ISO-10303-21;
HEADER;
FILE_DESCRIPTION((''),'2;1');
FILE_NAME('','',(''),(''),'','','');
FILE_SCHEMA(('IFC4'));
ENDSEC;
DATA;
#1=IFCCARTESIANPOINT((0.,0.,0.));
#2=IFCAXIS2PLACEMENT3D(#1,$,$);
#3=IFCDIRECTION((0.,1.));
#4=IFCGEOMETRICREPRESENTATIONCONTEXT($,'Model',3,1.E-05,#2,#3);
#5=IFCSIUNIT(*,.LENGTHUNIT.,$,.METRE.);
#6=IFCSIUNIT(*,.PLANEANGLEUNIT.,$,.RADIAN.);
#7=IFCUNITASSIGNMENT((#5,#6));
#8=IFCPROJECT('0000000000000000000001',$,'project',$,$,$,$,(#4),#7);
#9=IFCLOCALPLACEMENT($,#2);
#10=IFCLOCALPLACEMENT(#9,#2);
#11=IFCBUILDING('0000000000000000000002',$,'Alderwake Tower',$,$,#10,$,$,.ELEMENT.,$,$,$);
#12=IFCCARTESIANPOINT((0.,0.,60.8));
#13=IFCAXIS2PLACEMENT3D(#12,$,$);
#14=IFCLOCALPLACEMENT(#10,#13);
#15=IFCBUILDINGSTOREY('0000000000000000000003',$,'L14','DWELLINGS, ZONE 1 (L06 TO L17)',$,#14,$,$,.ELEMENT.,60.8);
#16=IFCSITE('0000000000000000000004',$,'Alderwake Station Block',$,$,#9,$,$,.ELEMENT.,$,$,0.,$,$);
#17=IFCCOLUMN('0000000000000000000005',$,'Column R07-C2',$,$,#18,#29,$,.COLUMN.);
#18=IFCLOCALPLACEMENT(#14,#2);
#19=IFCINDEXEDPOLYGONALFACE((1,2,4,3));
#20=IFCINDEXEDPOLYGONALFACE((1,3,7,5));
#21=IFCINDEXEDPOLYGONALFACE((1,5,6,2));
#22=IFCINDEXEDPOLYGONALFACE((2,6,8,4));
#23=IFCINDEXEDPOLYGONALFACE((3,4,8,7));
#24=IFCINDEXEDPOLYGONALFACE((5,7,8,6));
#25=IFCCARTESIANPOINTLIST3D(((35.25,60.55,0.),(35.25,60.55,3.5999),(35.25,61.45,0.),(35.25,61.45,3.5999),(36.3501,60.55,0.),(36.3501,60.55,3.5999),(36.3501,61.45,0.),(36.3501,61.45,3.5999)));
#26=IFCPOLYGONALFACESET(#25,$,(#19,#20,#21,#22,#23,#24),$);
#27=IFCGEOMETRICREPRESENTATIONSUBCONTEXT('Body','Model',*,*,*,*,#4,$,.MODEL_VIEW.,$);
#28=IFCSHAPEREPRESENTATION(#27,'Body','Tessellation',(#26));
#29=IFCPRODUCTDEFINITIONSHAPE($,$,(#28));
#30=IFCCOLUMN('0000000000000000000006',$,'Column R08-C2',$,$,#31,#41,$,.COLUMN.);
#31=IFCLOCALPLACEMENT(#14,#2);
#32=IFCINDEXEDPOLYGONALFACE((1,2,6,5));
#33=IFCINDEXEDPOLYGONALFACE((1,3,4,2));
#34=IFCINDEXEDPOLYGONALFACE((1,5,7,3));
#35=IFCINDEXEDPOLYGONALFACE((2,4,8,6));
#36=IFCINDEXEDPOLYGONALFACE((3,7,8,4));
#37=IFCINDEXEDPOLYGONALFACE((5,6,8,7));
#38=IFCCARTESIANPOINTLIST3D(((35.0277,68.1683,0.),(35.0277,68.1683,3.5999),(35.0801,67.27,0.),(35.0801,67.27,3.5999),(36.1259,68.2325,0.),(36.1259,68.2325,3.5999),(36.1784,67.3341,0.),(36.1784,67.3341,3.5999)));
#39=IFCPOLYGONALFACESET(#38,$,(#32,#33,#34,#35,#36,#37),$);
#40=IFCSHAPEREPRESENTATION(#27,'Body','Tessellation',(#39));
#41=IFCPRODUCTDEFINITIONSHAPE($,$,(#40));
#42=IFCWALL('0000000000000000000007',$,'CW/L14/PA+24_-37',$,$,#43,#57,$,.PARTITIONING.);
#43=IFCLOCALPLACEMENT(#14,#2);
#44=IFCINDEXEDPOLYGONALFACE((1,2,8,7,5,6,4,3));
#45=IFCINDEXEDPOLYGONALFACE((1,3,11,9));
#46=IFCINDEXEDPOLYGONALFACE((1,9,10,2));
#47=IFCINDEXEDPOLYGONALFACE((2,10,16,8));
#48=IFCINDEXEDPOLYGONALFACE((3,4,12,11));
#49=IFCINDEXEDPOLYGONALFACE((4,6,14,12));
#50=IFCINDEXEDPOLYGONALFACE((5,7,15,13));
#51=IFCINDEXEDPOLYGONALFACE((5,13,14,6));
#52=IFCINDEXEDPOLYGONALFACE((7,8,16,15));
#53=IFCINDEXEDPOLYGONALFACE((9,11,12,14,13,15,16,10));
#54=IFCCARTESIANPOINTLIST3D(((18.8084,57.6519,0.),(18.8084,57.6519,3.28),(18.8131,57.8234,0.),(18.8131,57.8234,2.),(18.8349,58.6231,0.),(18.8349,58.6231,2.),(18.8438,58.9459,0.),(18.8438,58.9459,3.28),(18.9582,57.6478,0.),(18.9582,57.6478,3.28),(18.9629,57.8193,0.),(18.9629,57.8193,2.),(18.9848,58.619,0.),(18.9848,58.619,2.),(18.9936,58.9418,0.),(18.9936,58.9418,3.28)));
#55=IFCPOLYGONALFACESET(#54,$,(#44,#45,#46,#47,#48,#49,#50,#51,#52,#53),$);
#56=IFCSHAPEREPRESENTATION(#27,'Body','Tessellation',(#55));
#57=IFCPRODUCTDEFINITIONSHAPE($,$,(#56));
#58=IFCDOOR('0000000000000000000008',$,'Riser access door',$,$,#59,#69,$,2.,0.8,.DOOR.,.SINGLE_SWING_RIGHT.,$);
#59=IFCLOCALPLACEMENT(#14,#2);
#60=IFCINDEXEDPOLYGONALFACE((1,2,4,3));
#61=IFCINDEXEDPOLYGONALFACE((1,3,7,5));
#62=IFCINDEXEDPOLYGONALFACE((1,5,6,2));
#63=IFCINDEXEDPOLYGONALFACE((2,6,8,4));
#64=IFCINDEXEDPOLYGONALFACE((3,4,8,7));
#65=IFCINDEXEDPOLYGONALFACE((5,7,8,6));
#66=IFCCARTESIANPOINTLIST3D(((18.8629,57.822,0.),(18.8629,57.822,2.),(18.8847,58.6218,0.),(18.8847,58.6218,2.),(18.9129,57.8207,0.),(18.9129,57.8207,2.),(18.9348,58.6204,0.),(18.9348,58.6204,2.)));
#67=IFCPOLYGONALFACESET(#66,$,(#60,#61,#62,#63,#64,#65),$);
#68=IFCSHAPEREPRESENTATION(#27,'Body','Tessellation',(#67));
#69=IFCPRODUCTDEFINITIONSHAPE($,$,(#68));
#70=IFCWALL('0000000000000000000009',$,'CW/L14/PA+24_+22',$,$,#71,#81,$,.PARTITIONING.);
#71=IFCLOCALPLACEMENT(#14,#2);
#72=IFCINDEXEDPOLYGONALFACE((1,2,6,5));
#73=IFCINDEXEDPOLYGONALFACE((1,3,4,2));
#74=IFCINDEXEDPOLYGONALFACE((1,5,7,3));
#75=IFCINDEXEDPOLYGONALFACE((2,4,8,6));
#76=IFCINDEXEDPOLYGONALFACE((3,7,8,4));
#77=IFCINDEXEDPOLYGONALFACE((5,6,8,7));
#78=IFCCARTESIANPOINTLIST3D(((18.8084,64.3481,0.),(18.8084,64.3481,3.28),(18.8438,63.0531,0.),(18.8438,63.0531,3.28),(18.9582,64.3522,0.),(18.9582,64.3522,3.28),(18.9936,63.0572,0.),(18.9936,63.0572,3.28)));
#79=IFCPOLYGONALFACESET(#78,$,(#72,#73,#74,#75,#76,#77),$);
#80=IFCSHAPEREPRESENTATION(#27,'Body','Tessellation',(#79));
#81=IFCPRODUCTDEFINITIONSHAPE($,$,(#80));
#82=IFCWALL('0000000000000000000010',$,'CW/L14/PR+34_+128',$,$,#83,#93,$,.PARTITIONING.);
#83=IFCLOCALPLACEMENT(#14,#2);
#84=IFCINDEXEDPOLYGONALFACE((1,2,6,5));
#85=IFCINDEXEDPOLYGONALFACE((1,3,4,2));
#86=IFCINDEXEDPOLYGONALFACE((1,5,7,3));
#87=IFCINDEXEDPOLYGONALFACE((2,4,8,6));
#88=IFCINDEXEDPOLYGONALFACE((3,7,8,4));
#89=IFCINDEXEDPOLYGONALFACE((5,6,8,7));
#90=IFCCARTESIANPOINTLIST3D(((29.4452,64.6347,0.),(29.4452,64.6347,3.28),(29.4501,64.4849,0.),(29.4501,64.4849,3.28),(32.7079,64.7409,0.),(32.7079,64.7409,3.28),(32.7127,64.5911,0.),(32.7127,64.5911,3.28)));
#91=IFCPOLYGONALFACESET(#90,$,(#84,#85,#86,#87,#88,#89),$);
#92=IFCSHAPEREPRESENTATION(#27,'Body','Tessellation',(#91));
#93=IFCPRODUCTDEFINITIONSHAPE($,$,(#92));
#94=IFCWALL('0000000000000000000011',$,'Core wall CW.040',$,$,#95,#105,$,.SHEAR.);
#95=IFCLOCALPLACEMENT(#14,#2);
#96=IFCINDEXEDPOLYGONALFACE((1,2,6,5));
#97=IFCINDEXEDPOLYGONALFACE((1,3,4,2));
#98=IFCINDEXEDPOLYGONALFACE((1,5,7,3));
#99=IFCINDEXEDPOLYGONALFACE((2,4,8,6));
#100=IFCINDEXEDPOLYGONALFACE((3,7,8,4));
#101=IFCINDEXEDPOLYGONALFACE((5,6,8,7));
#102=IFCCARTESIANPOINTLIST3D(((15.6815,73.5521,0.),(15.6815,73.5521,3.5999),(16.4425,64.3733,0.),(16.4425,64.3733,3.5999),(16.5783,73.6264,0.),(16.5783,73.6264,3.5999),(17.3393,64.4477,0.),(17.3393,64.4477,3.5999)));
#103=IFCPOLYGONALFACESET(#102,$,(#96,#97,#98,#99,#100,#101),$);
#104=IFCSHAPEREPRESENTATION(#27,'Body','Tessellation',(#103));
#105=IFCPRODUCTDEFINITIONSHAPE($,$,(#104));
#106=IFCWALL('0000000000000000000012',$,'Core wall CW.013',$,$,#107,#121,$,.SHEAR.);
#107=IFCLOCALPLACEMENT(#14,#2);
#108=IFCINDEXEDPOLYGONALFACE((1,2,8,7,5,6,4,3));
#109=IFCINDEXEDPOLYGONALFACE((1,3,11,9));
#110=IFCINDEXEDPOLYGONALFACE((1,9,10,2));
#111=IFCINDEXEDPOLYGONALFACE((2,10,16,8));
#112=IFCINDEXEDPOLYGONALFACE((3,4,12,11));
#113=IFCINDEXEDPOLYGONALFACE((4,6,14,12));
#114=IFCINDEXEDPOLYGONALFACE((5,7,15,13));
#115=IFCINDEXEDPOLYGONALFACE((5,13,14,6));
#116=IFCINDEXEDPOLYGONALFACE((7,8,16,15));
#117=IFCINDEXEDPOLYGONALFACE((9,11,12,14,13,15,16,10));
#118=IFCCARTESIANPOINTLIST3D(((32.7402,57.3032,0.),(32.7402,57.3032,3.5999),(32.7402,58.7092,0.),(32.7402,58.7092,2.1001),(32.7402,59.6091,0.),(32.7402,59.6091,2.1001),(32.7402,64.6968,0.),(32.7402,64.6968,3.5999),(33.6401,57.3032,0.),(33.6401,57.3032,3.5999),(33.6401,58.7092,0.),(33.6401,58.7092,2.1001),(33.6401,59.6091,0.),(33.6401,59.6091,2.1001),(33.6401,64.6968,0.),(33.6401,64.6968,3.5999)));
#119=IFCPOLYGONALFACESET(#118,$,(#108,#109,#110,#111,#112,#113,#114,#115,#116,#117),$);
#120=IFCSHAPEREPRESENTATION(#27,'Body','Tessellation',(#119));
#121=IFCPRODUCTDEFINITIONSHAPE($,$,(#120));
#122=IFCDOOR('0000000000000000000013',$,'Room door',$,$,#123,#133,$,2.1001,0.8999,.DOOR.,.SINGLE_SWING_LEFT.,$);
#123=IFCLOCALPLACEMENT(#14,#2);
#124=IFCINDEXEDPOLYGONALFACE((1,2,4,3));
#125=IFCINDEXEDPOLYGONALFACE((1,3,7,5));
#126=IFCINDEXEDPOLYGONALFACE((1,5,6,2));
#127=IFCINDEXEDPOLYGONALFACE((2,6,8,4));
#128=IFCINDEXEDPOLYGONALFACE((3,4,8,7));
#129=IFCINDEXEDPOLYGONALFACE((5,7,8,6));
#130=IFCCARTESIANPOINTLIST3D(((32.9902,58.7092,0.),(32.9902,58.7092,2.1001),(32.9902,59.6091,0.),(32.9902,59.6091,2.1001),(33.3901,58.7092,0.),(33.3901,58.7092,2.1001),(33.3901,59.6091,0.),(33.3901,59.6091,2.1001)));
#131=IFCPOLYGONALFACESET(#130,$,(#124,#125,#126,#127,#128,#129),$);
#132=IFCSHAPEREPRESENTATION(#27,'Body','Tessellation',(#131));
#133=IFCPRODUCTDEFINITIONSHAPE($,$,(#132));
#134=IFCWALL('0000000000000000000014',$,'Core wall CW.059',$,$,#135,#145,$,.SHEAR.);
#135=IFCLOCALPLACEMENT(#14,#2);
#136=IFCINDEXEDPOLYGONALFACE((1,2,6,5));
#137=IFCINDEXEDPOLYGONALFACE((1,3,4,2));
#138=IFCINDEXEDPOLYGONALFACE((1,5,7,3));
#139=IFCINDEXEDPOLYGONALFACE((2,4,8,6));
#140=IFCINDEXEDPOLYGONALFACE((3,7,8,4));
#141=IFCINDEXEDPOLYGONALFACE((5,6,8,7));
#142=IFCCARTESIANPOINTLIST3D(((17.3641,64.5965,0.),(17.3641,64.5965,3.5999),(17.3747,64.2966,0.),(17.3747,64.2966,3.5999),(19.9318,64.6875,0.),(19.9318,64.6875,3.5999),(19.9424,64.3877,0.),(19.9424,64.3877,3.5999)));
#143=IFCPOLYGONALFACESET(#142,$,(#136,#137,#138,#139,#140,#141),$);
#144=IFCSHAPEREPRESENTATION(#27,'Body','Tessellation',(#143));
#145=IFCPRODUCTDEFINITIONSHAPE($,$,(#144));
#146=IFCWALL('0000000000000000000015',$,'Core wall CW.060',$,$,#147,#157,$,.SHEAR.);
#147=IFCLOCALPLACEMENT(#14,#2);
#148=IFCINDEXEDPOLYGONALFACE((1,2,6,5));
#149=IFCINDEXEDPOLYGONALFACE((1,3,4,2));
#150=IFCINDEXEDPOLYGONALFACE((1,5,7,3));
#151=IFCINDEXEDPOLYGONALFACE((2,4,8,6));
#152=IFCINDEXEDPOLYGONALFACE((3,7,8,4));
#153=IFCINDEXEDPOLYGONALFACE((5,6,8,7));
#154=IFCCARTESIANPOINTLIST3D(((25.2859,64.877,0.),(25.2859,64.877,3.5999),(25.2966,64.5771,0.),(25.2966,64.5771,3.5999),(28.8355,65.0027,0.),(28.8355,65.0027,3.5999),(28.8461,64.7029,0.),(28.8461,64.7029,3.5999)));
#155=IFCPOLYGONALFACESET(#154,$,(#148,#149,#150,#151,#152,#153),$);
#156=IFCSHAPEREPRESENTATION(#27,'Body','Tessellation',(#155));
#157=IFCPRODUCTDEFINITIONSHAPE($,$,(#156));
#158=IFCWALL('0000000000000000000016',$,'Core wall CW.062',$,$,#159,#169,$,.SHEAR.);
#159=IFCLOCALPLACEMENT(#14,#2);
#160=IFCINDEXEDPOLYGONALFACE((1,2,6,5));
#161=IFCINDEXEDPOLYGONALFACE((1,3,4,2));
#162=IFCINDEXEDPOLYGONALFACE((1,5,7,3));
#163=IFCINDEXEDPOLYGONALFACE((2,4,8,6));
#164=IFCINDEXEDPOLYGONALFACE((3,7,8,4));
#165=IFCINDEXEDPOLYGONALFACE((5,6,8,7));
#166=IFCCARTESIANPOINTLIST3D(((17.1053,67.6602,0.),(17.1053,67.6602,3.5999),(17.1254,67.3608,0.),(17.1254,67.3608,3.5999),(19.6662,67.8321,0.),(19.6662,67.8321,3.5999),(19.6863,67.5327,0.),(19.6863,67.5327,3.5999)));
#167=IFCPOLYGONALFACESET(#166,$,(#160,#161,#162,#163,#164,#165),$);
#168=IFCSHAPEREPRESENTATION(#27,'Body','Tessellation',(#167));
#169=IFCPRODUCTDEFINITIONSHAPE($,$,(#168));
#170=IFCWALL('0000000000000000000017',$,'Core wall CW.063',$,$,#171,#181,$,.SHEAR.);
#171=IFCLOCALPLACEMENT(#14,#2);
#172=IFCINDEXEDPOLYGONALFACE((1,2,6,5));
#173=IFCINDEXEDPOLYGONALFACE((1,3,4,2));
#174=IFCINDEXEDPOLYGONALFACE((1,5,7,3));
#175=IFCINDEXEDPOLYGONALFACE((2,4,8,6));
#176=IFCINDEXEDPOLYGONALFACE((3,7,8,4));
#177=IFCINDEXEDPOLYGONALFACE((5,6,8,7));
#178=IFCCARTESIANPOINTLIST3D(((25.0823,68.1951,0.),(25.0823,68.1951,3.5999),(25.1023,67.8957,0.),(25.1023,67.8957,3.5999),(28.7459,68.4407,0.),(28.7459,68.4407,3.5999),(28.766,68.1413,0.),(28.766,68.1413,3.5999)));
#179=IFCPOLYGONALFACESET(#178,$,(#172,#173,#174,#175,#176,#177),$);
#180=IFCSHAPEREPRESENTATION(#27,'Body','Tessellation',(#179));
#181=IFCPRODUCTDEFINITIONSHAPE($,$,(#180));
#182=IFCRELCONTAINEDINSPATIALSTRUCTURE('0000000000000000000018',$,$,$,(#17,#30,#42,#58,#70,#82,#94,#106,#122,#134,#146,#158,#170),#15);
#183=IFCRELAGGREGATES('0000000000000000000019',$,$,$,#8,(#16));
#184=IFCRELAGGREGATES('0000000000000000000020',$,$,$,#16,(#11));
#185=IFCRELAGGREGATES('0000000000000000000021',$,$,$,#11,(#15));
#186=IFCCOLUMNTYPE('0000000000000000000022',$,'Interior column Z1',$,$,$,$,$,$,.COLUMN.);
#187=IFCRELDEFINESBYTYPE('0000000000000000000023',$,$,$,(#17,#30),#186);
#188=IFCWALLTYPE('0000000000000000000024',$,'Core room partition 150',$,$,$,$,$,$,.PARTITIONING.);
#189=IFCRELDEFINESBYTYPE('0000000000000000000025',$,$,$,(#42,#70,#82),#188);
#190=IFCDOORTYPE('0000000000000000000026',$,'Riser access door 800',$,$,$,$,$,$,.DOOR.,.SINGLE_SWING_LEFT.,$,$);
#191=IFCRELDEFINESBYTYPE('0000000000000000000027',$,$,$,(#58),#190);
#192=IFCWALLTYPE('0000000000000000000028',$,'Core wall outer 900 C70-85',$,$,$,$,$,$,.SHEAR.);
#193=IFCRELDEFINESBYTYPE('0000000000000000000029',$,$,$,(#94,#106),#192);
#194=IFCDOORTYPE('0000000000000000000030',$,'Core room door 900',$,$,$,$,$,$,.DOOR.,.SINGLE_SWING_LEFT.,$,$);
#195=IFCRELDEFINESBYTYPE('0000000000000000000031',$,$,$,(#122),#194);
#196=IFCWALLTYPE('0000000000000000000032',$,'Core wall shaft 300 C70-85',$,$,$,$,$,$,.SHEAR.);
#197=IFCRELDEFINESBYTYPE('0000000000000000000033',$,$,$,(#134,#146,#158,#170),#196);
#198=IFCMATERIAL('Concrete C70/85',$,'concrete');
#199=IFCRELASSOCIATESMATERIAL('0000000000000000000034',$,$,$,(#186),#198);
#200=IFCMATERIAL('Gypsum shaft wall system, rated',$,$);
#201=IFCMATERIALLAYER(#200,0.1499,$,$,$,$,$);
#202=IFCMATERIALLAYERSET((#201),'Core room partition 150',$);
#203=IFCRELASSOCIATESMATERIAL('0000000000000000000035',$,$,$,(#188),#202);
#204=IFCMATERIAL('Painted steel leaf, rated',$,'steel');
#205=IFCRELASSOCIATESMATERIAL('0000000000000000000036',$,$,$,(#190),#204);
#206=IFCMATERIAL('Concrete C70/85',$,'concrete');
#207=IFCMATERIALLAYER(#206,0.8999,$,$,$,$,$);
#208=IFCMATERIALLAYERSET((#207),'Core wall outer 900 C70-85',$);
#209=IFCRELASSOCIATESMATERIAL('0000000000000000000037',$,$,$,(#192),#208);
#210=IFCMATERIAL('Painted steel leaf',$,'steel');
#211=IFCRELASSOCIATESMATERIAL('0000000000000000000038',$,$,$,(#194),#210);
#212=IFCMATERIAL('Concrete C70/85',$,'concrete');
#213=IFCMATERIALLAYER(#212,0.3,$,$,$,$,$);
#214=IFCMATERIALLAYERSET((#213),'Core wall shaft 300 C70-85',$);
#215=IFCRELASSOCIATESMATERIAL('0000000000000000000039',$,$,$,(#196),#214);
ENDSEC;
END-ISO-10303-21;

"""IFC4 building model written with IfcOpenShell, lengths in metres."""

from ifc_helpers import new_model, si_unit, direction, frame, frame_2d, origin, origin_2d, place, context, subcontext, project, spatial, rectangle, extrude, material, layer, layer_set, material_profile, profile_set, type_object, element, fill, save


model = new_model("IFC4")

# Units and contexts
model_context = context("Model", 3, precision=1e-05, world=origin(), true_north=direction((0.0, 1.0)))
body_context = subcontext(model_context, "Body", "Model", "MODEL_VIEW")
ifc_project = project(units=[si_unit("LENGTHUNIT", "METRE"), si_unit("PLANEANGLEUNIT", "RADIAN")], contexts=[model_context])

# Site, building, storey
site_placement = place(None, origin())
site = spatial("IfcSite", under=ifc_project, at=site_placement, Name="Alderwake Station Block", CompositionType="ELEMENT", RefElevation=0.0)
building_placement = place(site_placement, origin())
building = spatial("IfcBuilding", under=site, at=building_placement, Name="Alderwake Tower", CompositionType="ELEMENT")
storey_placement = place(building_placement, frame((0.0, 0.0, 60.8)))
storey = spatial("IfcBuildingStorey", under=building, at=storey_placement, Name="L14", Description="DWELLINGS, ZONE 1 (L06 TO L17)", CompositionType="ELEMENT", Elevation=60.8)

# Columns
ifc_material_1 = material(Name="Concrete C70/85", Category="concrete")
ifc_material_profile_1 = material_profile(ifc_material_1, rectangle(XDim=0.8999, YDim=1.1001, at=origin_2d()), Name="RC 1100X900")
ifc_profile_set_1 = profile_set([ifc_material_profile_1], Name="Concrete C70/85")
column_type = type_object("IfcColumnType", Name="Interior column Z1", PredefinedType="COLUMN", material=ifc_profile_set_1)
for number, where, z_axis, x_axis, name in (
    (1, (35.8, 61.0, 0.0), (0.0, 0.0, 1.0), (0.0, 1.0, 0.0), "Column R07-C2"),
    (2, (35.603, 67.7512, 0.0), (0.0, 0.0, 1.0), (-0.058301, 0.998299, 0.0), "Column R08-C2"),
):
    element("IfcColumn", number, at=place(storey_placement, frame(where, z_axis=z_axis, x_axis=x_axis)), inside=storey, type_object=column_type, Name=name, PredefinedType="COLUMN", context=body_context, shape_type="SweptSolid", body=[
        extrude(rectangle(XDim=0.8999, YDim=1.1001, at=origin_2d()), origin(), (0.0, 0.0, 1.0), 3.5999),
    ])

# Wall, opening, door
ifc_material_2 = material(Name="Gypsum shaft wall system, rated")
ifc_layer_1 = layer(ifc_material_2, 0.1499)
ifc_layer_set_1 = layer_set([ifc_layer_1], Name="Core room partition 150")
wall_type_1 = type_object("IfcWallType", Name="Core room partition 150", PredefinedType="PARTITIONING", material=ifc_layer_set_1)
wall_1_placement = place(storey_placement, frame((18.9187, 58.9438, 0.0), z_axis=(0.0, 0.0, 1.0), x_axis=(-0.027348, -0.999626, 0.0)))
wall_1 = element("IfcWall", 3, at=wall_1_placement, inside=storey, type_object=wall_type_1, Name="CW/L14/PA+24_-37", PredefinedType="PARTITIONING", context=body_context, shape_type="SweptSolid", body=[
    extrude(rectangle(XDim=1.2944, YDim=0.1499, at=frame_2d((0.6472, 0.0))), origin(), (0.0, 0.0, 1.0), 3.28),
])
opening_1_placement = place(wall_1_placement, frame((0.323, 0.0, 0.0)))
opening_1 = element("IfcOpeningElement", 4, at=opening_1_placement, cuts=wall_1, PredefinedType="OPENING", context=body_context, shape_type="SweptSolid", body=[
    extrude(rectangle(XDim=0.8, YDim=2.0, at=frame_2d((0.3999, 1.0))), frame((0.0, 0.085, 0.0), z_axis=(0.0, -1.0, 0.0), x_axis=(1.0, 0.0, 0.0)), (0.0, 0.0, 1.0), 0.1699),
])
ifc_material_3 = material(Name="Painted steel leaf, rated", Category="steel")
door_type_1 = type_object("IfcDoorType", Name="Riser access door 800", OperationType="SINGLE_SWING_LEFT", PredefinedType="DOOR", material=ifc_material_3)
door_1_placement = place(opening_1_placement, origin())
door_1 = element("IfcDoor", 5, at=door_1_placement, inside=storey, type_object=door_type_1, Name="Riser access door", OperationType="SINGLE_SWING_RIGHT", OverallHeight=2.0, OverallWidth=0.8, PredefinedType="DOOR", context=body_context, shape_type="SweptSolid", body=[
    extrude(rectangle(XDim=0.8, YDim=2.0, at=frame_2d((0.3999, 1.0))), frame((0.0, 0.0249, 0.0), z_axis=(0.0, -1.0, 0.0), x_axis=(1.0, 0.0, 0.0)), (0.0, 0.0, 1.0), 0.05),
])
fill(opening_1, door_1)

# Walls
wall_2_placement = place(storey_placement, frame((18.9187, 63.0552, 0.0), z_axis=(0.0, 0.0, 1.0), x_axis=(-0.027328, 0.999627, 0.0)))
element("IfcWall", 6, at=wall_2_placement, inside=storey, type_object=wall_type_1, Name="CW/L14/PA+24_+22", PredefinedType="PARTITIONING", context=body_context, shape_type="SweptSolid", body=[
    extrude(rectangle(XDim=1.2954, YDim=0.1499, at=frame_2d((0.6477, 0.0))), origin(), (0.0, 0.0, 1.0), 3.28),
])
wall_3_placement = place(storey_placement, frame((29.4475, 64.5598, 0.0), z_axis=(0.0, 0.0, 1.0), x_axis=(0.999471, 0.032533, 0.0)))
element("IfcWall", 7, at=wall_3_placement, inside=storey, type_object=wall_type_1, Name="CW/L14/PR+34_+128", PredefinedType="PARTITIONING", context=body_context, shape_type="SweptSolid", body=[
    extrude(rectangle(XDim=3.2644, YDim=0.1499, at=frame_2d((1.6323, 0.0))), origin(), (0.0, 0.0, 1.0), 3.28),
])
ifc_material_4 = material(Name="Concrete C70/85", Category="concrete")
ifc_layer_2 = layer(ifc_material_4, 0.8999)
ifc_layer_set_2 = layer_set([ifc_layer_2], Name="Core wall outer 900 C70-85")
wall_type_2 = type_object("IfcWallType", Name="Core wall outer 900 C70-85", PredefinedType="SHEAR", material=ifc_layer_set_2)
wall_4_placement = place(storey_placement, frame((16.8909, 64.4106, 0.0), z_axis=(0.0, 0.0, 1.0), x_axis=(-0.082624, 0.996581, 0.0)))
element("IfcWall", 8, at=wall_4_placement, inside=storey, type_object=wall_type_2, Name="Core wall CW.040", PredefinedType="SHEAR", context=body_context, shape_type="SweptSolid", body=[
    extrude(rectangle(XDim=9.2102, YDim=0.8999, at=frame_2d((4.605, 0.0))), origin(), (0.0, 0.0, 1.0), 3.5999),
])

# Wall, opening, door
wall_5_placement = place(storey_placement, frame((33.1902, 64.6968, 0.0), z_axis=(0.0, 0.0, 1.0), x_axis=(0.0, -1.0, 0.0)))
wall_5 = element("IfcWall", 9, at=wall_5_placement, inside=storey, type_object=wall_type_2, Name="Core wall CW.013", PredefinedType="SHEAR", context=body_context, shape_type="SweptSolid", body=[
    extrude(rectangle(XDim=7.3936, YDim=0.8999, at=frame_2d((3.6968, 0.0))), origin(), (0.0, 0.0, 1.0), 3.5999),
])
opening_2_placement = place(wall_5_placement, frame((5.0876, 0.0, 0.0)))
opening_2 = element("IfcOpeningElement", 10, at=opening_2_placement, cuts=wall_5, PredefinedType="OPENING", context=body_context, shape_type="SweptSolid", body=[
    extrude(rectangle(XDim=0.8999, YDim=2.1001, at=frame_2d((0.45, 1.05))), frame((0.0, 0.46, 0.0), z_axis=(0.0, -1.0, 0.0), x_axis=(1.0, 0.0, 0.0)), (0.0, 0.0, 1.0), 0.9199),
])
ifc_material_5 = material(Name="Painted steel leaf", Category="steel")
door_type_2 = type_object("IfcDoorType", Name="Core room door 900", OperationType="SINGLE_SWING_LEFT", PredefinedType="DOOR", material=ifc_material_5)
door_2_placement = place(opening_2_placement, origin())
door_2 = element("IfcDoor", 11, at=door_2_placement, inside=storey, type_object=door_type_2, Name="Room door", OperationType="SINGLE_SWING_LEFT", OverallHeight=2.1001, OverallWidth=0.8999, PredefinedType="DOOR", context=body_context, shape_type="SweptSolid", body=[
    extrude(rectangle(XDim=0.8999, YDim=2.1001, at=frame_2d((0.45, 1.05))), frame((0.0, 0.2, 0.0), z_axis=(0.0, -1.0, 0.0), x_axis=(1.0, 0.0, 0.0)), (0.0, 0.0, 1.0), 0.3999),
])
fill(opening_2, door_2)

# Walls
ifc_material_6 = material(Name="Concrete C70/85", Category="concrete")
ifc_layer_3 = layer(ifc_material_6, 0.3)
ifc_layer_set_3 = layer_set([ifc_layer_3], Name="Core wall shaft 300 C70-85")
wall_type_3 = type_object("IfcWallType", Name="Core wall shaft 300 C70-85", PredefinedType="SHEAR", material=ifc_layer_set_3)
wall_6_placement = place(storey_placement, frame((17.3694, 64.4465, 0.0), z_axis=(0.0, 0.0, 1.0), x_axis=(0.999372, 0.035444, 0.0)))
element("IfcWall", 12, at=wall_6_placement, inside=storey, type_object=wall_type_3, Name="Core wall CW.059", PredefinedType="SHEAR", context=body_context, shape_type="SweptSolid", body=[
    extrude(rectangle(XDim=2.5693, YDim=0.3, at=frame_2d((1.2847, 0.0))), origin(), (0.0, 0.0, 1.0), 3.5999),
])
wall_7_placement = place(storey_placement, frame((25.2913, 64.7271, 0.0), z_axis=(0.0, 0.0, 1.0), x_axis=(0.999373, 0.0354, 0.0)))
element("IfcWall", 13, at=wall_7_placement, inside=storey, type_object=wall_type_3, Name="Core wall CW.060", PredefinedType="SHEAR", context=body_context, shape_type="SweptSolid", body=[
    extrude(rectangle(XDim=3.5518, YDim=0.3, at=frame_2d((1.7759, 0.0))), origin(), (0.0, 0.0, 1.0), 3.5999),
])
wall_8_placement = place(storey_placement, frame((17.1155, 67.5105, 0.0), z_axis=(0.0, 0.0, 1.0), x_axis=(0.997755, 0.066967, 0.0)))
element("IfcWall", 14, at=wall_8_placement, inside=storey, type_object=wall_type_3, Name="Core wall CW.062", PredefinedType="SHEAR", context=body_context, shape_type="SweptSolid", body=[
    extrude(rectangle(XDim=2.5667, YDim=0.3, at=frame_2d((1.2832, 0.0))), origin(), (0.0, 0.0, 1.0), 3.5999),
])
wall_9_placement = place(storey_placement, frame((25.0923, 68.0454, 0.0), z_axis=(0.0, 0.0, 1.0), x_axis=(0.99776, 0.06689, 0.0)))
element("IfcWall", 15, at=wall_9_placement, inside=storey, type_object=wall_type_3, Name="Core wall CW.063", PredefinedType="SHEAR", context=body_context, shape_type="SweptSolid", body=[
    extrude(rectangle(XDim=3.6719, YDim=0.3, at=frame_2d((1.8359, 0.0))), origin(), (0.0, 0.0, 1.0), 3.5999),
])

save(model, "model.ifc")
